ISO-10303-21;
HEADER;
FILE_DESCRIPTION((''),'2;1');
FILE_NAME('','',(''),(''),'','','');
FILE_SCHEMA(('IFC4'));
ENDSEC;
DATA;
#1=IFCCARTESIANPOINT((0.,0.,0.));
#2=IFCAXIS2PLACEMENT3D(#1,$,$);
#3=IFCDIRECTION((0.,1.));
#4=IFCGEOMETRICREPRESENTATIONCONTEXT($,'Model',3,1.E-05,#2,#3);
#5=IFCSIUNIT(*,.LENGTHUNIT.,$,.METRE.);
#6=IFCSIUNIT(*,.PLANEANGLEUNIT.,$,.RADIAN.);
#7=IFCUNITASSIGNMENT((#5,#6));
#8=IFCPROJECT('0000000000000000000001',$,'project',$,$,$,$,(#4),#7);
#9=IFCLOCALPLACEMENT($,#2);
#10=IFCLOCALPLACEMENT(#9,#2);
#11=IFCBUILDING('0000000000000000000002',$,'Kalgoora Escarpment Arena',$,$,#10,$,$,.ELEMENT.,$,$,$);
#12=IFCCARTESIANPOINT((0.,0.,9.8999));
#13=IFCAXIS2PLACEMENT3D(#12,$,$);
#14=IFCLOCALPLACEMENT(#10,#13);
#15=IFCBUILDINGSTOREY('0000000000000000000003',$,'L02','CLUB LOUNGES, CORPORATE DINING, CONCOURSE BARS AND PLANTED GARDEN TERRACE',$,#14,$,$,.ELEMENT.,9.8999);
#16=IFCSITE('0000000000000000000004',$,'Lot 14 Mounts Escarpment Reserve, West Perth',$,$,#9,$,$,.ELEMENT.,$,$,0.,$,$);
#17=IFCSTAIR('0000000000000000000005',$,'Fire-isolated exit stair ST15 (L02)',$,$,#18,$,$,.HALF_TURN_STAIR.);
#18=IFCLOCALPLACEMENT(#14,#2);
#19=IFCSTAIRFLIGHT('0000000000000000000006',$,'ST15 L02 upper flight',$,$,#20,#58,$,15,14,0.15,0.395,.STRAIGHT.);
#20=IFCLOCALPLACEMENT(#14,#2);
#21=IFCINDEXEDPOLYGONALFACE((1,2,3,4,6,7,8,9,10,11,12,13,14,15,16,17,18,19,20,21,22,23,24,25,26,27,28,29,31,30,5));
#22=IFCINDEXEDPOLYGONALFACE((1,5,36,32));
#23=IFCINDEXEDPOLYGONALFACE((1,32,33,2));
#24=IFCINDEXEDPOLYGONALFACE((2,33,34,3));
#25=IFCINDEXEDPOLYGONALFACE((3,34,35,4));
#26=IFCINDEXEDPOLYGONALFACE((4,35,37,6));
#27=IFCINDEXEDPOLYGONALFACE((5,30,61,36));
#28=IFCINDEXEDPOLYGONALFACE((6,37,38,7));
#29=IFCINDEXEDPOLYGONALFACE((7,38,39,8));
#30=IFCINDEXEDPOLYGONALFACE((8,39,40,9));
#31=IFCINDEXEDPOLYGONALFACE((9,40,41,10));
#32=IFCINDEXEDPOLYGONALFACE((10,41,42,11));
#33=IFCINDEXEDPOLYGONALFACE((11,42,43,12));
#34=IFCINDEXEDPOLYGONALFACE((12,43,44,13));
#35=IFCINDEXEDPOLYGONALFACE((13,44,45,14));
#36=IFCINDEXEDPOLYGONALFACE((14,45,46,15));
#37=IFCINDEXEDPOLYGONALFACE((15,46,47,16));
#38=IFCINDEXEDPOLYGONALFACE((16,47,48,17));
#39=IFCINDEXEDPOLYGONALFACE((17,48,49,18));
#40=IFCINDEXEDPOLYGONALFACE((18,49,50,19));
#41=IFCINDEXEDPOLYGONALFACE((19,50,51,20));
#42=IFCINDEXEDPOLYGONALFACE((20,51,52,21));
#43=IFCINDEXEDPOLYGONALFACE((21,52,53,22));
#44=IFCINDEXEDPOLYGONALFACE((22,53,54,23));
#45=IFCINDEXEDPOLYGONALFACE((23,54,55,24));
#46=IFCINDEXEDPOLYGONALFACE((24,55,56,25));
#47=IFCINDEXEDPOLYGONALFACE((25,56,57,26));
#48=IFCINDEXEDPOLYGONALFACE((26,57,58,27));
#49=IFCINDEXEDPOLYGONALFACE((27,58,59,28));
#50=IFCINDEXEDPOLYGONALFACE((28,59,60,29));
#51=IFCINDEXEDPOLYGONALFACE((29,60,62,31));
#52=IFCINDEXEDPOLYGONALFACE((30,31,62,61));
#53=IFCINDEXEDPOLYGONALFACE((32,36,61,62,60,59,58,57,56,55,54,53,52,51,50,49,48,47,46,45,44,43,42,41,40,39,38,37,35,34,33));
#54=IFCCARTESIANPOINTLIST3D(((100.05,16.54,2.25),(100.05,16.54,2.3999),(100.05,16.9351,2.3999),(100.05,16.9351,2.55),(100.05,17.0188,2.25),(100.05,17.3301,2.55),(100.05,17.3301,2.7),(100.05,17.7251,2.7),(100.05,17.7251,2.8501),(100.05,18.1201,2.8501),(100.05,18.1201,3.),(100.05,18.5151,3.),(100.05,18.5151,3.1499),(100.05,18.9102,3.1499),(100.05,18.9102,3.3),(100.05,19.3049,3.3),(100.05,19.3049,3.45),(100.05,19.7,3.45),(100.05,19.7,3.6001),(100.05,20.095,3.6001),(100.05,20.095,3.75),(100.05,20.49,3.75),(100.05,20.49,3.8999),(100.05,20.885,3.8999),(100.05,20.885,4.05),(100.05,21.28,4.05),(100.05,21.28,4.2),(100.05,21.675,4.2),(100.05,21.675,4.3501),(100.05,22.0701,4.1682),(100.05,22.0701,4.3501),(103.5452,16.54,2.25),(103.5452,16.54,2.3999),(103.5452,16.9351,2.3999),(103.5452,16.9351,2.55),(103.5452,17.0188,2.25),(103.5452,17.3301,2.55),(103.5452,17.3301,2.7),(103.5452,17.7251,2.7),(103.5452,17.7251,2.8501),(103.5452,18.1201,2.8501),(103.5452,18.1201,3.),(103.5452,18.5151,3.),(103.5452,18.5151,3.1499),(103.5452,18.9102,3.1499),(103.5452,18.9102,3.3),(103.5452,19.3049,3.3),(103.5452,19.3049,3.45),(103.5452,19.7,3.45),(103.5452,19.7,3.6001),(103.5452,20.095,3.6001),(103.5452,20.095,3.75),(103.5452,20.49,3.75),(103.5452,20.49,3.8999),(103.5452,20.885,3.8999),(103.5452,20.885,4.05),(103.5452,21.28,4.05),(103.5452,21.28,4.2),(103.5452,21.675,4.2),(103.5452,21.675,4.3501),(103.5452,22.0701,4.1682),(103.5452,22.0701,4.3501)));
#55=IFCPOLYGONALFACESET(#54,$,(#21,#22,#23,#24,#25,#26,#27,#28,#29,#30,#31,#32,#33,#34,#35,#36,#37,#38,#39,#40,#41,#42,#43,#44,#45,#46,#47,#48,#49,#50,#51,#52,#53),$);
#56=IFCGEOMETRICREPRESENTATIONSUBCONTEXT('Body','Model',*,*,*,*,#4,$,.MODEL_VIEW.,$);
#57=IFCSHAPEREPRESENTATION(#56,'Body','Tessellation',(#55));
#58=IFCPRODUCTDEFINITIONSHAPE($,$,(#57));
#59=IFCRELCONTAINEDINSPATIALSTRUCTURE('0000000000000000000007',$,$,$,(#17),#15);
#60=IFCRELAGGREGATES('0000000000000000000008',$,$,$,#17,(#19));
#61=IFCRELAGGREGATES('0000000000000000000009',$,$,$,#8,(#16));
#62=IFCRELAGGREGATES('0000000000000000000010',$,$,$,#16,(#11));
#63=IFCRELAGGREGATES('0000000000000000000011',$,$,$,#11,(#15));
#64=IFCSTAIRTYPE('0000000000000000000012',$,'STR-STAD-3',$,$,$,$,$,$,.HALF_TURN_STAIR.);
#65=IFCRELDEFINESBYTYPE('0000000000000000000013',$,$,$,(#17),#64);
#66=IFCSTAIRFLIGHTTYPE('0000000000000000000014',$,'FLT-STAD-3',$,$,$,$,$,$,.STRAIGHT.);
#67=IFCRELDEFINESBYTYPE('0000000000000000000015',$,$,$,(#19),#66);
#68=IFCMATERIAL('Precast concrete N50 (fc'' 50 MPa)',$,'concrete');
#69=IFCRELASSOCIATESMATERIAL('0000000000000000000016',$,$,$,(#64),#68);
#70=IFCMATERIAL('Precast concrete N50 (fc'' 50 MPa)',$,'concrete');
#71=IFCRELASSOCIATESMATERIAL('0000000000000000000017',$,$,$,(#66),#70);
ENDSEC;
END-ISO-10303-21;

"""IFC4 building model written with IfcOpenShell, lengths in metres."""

from ifc_helpers import new_model, si_unit, direction, frame, origin, place, context, subcontext, project, spatial, polyline, outline, extrude, material, type_object, element, aggregate, save


model = new_model("IFC4")

# Units and contexts
model_context = context("Model", 3, precision=1e-05, world=origin(), true_north=direction((0.0, 1.0)))
body_context = subcontext(model_context, "Body", "Model", "MODEL_VIEW")
ifc_project = project(units=[si_unit("LENGTHUNIT", "METRE"), si_unit("PLANEANGLEUNIT", "RADIAN")], contexts=[model_context])

# Site, building, storey
site_placement = place(None, origin())
site = spatial("IfcSite", under=ifc_project, at=site_placement, Name="Lot 14 Mounts Escarpment Reserve, West Perth", CompositionType="ELEMENT", RefElevation=0.0)
building_placement = place(site_placement, origin())
building = spatial("IfcBuilding", under=site, at=building_placement, Name="Kalgoora Escarpment Arena", CompositionType="ELEMENT")
storey_placement = place(building_placement, frame((0.0, 0.0, 9.8999)))
storey = spatial("IfcBuildingStorey", under=building, at=storey_placement, Name="L02", Description="CLUB LOUNGES, CORPORATE DINING, CONCOURSE BARS AND PLANTED GARDEN TERRACE", CompositionType="ELEMENT", Elevation=9.8999)

# Stair, stair flight
ifc_material_1 = material(Name="Precast concrete N50 (fc' 50 MPa)", Category="concrete")
stair_type = type_object("IfcStairType", Name="STR-STAD-3", PredefinedType="HALF_TURN_STAIR", material=ifc_material_1)
stair_placement = place(storey_placement, origin())
stair = element("IfcStair", 1, at=stair_placement, inside=storey, type_object=stair_type, Name="Fire-isolated exit stair ST15 (L02)", PredefinedType="HALF_TURN_STAIR")
ifc_material_2 = material(Name="Precast concrete N50 (fc' 50 MPa)", Category="concrete")
stair_flight_type = type_object("IfcStairFlightType", Name="FLT-STAD-3", PredefinedType="STRAIGHT", material=ifc_material_2)
stair_flight_1_placement = place(storey_placement, frame((101.7976, 16.54, 2.25), z_axis=(0.0, 0.0, 1.0), x_axis=(0.0, 1.0, 0.0)))
stair_flight_1 = element("IfcStairFlight", 2, at=stair_flight_1_placement, type_object=stair_flight_type, Name="ST15 L02 upper flight", NumberOfRisers=15, NumberOfTreads=14, PredefinedType="STRAIGHT", RiserHeight=0.15, TreadLength=0.395, context=body_context, shape_type="SweptSolid", body=[
    extrude(outline(polyline([(0.0, 0.0), (0.0, 0.1499), (0.395, 0.1499), (0.395, 0.3), (0.79, 0.3), (0.79, 0.45), (1.1851, 0.45), (1.1851, 0.6001), (1.5801, 0.6001), (1.5801, 0.75), (1.9751, 0.75), (1.9751, 0.8999), (2.3701, 0.8999), (2.3701, 1.05), (2.7649, 1.05), (2.7649, 1.2), (3.1599, 1.2), (3.1599, 1.3501), (3.5549, 1.3501), (3.5549, 1.5), (3.95, 1.5), (3.95, 1.6499), (4.345, 1.6499), (4.345, 1.8), (4.74, 1.8), (4.74, 1.95), (5.135, 1.95), (5.135, 2.1001), (5.53, 2.1001), (5.53, 2.25), (5.53, 1.9182), (0.4788, 0.0), (0.0, 0.0)])), frame((0.0, 1.7476, 0.0), z_axis=(0.0, -1.0, 0.0), x_axis=(1.0, 0.0, 0.0)), (0.0, 0.0, 1.0), 3.4951),
])
aggregate(stair, [stair_flight_1])

save(model, "model.ifc")
